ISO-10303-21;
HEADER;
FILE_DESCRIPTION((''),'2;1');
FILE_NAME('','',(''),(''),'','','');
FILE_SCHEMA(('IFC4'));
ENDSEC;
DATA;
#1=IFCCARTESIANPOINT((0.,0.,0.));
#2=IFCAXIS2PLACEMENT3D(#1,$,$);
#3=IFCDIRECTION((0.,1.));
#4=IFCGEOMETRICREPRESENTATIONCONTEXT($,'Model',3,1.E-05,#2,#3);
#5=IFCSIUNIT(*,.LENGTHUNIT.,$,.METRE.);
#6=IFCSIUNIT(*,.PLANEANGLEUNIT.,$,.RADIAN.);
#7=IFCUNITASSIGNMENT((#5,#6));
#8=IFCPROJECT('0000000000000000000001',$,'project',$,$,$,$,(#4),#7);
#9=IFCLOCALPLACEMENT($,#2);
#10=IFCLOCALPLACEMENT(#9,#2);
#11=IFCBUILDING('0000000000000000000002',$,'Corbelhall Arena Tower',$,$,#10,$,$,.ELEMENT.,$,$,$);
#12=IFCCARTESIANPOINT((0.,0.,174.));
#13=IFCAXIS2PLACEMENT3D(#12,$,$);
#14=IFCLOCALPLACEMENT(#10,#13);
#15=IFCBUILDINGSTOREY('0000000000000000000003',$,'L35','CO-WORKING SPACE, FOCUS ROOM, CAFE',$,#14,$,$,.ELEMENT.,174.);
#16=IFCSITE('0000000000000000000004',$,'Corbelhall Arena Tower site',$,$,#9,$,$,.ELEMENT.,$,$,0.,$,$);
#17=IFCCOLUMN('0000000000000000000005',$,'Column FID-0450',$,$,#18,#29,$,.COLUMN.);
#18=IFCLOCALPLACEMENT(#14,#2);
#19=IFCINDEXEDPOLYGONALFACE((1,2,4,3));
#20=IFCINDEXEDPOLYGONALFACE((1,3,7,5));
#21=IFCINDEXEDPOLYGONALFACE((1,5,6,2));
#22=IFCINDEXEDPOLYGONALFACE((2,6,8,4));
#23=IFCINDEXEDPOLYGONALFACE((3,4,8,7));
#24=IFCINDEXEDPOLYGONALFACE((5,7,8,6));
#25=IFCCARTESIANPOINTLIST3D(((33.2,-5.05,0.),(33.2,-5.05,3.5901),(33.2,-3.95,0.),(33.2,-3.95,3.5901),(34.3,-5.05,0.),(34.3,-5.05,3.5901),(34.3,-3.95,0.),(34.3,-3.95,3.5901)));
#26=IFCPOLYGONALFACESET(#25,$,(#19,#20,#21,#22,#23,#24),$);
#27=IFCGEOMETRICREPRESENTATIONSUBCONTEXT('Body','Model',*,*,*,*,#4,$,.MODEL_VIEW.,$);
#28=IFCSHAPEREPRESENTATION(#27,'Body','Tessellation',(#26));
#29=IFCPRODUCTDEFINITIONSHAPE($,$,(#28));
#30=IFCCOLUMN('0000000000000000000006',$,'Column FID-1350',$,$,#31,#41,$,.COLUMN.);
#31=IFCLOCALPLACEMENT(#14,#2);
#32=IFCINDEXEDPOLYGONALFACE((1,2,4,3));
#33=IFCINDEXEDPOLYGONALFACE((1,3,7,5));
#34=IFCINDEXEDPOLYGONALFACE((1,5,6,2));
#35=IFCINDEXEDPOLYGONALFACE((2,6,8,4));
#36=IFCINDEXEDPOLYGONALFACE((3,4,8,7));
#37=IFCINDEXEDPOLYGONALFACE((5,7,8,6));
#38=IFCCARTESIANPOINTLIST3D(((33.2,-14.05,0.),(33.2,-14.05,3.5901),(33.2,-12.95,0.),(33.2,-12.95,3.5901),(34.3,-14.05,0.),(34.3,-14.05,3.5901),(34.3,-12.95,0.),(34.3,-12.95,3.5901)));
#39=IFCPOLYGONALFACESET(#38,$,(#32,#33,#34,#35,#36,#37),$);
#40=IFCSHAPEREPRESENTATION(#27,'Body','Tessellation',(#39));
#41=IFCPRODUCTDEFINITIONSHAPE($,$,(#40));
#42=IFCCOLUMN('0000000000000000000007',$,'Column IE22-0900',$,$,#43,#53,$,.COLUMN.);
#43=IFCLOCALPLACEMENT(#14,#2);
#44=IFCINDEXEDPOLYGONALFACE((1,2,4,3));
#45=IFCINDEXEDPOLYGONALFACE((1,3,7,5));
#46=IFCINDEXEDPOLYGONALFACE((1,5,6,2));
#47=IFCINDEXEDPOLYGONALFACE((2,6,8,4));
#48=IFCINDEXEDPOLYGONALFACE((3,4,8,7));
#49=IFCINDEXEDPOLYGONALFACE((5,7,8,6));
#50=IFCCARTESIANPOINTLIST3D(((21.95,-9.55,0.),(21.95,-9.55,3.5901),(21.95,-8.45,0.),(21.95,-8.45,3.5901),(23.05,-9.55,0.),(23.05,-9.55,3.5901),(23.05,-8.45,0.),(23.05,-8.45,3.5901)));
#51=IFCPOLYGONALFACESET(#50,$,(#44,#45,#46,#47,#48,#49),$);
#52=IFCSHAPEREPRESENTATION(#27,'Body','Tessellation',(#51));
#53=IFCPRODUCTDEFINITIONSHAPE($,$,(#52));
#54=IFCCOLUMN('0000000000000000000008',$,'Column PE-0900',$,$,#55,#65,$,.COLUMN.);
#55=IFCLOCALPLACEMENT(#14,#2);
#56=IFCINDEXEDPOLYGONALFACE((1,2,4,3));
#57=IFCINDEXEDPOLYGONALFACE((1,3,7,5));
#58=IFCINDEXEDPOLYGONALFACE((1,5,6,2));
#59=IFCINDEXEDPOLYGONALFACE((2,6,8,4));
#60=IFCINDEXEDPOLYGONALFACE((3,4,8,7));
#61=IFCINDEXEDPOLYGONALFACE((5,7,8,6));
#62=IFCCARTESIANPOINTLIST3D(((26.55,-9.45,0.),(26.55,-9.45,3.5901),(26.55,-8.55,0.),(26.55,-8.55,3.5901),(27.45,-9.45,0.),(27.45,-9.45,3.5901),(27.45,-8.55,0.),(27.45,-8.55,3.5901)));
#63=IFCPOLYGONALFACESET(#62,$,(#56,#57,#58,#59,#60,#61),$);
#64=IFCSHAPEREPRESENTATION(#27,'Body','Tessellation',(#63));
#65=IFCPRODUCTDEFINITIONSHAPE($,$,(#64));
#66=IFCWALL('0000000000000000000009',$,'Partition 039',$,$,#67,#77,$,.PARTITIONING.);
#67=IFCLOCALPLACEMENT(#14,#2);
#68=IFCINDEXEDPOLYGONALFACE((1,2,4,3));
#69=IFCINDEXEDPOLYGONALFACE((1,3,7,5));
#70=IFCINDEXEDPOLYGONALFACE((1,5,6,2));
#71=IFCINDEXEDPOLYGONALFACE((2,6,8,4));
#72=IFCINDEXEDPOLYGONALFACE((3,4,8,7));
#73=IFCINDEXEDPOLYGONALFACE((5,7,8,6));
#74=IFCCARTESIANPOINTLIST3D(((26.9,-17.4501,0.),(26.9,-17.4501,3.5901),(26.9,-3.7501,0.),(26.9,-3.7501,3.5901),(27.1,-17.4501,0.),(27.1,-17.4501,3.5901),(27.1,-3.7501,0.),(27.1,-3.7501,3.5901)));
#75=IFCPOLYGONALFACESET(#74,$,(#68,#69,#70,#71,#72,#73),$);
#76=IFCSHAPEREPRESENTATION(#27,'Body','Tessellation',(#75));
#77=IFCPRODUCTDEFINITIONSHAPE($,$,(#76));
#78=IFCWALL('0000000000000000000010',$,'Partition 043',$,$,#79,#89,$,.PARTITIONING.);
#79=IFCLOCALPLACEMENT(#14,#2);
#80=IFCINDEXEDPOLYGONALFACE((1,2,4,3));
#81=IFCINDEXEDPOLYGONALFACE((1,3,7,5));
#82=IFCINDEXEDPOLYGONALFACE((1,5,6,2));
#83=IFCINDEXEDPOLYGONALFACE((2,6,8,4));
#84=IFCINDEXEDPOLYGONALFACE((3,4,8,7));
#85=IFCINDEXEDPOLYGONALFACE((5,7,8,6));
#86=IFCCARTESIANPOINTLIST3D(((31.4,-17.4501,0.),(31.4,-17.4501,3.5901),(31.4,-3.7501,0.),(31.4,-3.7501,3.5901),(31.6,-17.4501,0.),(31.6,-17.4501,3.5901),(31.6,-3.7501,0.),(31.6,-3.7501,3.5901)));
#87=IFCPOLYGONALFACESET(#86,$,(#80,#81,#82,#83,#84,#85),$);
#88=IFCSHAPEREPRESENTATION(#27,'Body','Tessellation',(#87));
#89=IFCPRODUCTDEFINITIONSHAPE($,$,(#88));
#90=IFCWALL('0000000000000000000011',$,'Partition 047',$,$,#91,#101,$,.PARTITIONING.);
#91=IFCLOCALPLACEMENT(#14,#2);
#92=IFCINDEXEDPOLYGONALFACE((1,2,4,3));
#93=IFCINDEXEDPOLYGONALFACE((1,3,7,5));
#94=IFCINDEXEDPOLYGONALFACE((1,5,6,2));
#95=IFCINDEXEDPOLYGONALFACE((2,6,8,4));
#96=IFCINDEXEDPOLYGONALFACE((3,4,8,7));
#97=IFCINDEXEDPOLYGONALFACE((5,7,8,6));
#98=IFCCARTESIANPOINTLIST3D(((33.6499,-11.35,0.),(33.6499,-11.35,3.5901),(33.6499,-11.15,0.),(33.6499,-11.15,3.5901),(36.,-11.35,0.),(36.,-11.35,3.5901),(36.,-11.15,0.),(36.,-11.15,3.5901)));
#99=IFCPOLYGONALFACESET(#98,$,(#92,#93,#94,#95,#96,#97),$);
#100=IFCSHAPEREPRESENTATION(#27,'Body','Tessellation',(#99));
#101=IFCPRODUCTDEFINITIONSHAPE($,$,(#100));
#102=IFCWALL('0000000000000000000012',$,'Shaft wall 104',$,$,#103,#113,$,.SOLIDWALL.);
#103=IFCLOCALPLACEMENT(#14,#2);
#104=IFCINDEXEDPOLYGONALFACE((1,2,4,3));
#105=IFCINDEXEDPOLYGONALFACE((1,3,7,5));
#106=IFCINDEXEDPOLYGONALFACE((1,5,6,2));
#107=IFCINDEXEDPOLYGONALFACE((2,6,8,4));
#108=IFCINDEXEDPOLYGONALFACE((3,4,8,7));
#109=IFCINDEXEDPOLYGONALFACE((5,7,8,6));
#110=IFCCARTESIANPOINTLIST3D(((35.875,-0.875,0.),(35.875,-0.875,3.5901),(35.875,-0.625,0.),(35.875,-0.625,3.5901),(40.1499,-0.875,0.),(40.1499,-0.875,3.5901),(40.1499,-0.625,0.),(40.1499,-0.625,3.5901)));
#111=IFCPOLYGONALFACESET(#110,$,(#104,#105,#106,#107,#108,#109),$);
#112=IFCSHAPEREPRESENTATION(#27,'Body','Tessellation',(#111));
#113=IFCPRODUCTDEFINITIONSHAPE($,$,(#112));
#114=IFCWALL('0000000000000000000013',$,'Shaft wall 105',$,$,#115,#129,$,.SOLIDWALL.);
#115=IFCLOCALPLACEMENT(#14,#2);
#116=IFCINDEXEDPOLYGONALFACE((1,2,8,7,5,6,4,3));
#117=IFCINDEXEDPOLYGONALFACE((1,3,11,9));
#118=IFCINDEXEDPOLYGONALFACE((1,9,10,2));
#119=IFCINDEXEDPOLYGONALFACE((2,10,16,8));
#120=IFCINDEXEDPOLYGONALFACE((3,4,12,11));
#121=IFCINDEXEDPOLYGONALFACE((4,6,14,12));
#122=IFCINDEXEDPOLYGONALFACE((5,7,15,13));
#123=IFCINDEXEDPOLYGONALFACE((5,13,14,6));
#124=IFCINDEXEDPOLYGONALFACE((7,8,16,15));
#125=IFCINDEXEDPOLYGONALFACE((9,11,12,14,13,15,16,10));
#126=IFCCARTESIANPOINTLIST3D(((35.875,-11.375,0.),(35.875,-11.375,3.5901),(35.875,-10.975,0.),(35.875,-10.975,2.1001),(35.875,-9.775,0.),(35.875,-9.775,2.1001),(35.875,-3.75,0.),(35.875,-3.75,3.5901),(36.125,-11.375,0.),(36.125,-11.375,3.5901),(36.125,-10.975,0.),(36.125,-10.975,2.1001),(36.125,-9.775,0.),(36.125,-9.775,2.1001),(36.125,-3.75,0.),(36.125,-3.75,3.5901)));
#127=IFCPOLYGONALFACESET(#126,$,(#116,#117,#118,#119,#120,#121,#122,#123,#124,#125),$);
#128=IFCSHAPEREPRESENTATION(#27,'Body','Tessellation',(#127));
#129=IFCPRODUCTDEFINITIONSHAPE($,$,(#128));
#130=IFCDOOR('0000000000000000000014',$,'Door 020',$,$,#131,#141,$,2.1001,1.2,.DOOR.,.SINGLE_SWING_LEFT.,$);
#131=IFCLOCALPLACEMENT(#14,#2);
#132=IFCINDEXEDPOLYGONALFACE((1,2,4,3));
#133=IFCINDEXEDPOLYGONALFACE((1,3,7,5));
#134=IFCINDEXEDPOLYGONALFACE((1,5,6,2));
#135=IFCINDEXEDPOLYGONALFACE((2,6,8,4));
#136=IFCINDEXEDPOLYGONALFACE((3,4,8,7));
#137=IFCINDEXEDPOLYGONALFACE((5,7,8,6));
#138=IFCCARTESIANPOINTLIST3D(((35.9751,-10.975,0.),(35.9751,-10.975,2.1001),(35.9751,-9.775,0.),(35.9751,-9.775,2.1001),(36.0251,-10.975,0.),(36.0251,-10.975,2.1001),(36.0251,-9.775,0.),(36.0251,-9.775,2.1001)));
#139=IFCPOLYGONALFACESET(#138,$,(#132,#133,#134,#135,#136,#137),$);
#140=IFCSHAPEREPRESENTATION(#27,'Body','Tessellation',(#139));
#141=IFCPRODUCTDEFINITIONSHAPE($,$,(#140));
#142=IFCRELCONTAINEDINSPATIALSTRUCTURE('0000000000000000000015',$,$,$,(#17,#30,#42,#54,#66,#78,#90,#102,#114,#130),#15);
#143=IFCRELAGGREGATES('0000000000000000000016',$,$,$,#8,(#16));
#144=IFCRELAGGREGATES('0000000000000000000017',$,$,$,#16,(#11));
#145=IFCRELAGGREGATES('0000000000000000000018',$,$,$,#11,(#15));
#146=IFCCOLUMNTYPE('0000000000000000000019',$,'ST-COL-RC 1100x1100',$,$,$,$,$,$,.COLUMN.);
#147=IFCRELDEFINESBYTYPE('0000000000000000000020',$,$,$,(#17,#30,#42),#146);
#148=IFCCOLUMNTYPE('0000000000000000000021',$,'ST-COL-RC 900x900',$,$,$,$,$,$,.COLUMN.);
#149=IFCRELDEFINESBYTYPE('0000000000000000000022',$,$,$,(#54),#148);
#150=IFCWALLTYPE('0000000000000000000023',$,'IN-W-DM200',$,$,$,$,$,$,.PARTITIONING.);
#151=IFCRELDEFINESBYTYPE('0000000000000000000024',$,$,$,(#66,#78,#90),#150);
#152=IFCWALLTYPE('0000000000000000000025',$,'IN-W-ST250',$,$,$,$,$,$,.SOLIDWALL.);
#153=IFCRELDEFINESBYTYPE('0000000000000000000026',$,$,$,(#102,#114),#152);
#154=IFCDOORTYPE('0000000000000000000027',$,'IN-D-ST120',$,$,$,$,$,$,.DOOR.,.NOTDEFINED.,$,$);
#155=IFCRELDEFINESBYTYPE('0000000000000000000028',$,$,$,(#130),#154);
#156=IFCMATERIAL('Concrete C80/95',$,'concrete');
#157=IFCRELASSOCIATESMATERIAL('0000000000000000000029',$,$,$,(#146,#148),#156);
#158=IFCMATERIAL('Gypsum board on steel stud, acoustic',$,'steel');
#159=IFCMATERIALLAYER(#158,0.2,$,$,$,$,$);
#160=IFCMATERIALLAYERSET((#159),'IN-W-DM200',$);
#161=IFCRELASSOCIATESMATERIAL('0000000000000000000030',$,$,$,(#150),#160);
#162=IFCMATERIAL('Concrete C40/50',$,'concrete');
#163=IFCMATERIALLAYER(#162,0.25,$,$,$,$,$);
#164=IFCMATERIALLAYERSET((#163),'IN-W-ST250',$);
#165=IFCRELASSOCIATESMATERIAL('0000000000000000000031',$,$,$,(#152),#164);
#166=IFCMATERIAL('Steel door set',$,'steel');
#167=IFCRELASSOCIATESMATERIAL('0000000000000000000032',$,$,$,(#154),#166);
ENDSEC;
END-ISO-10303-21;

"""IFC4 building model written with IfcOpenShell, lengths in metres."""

from ifc_helpers import new_model, si_unit, direction, frame, frame_2d, origin, origin_2d, place, context, subcontext, project, spatial, rectangle, extrude, material, layer, layer_set, material_profile, profile_set, type_object, element, fill, save


model = new_model("IFC4")

# Units and contexts
model_context = context("Model", 3, precision=1e-05, world=origin(), true_north=direction((0.0, 1.0)))
body_context = subcontext(model_context, "Body", "Model", "MODEL_VIEW")
ifc_project = project(units=[si_unit("LENGTHUNIT", "METRE"), si_unit("PLANEANGLEUNIT", "RADIAN")], contexts=[model_context])

# Site, building, storey
site_placement = place(None, origin())
site = spatial("IfcSite", under=ifc_project, at=site_placement, Name="Corbelhall Arena Tower site", CompositionType="ELEMENT", RefElevation=0.0)
building_placement = place(site_placement, origin())
building = spatial("IfcBuilding", under=site, at=building_placement, Name="Corbelhall Arena Tower", CompositionType="ELEMENT")
storey_placement = place(building_placement, frame((0.0, 0.0, 174.0)))
storey = spatial("IfcBuildingStorey", under=building, at=storey_placement, Name="L35", Description="CO-WORKING SPACE, FOCUS ROOM, CAFE", CompositionType="ELEMENT", Elevation=174.0)

# Columns
ifc_material_1 = material(Name="Concrete C80/95", Category="concrete")
ifc_material_profile_1 = material_profile(ifc_material_1, rectangle(XDim=1.1001, YDim=1.1001, at=origin_2d()))
ifc_profile_set_1 = profile_set([ifc_material_profile_1], Name="Concrete C80/95")
column_type_1 = type_object("IfcColumnType", Name="ST-COL-RC 1100x1100", PredefinedType="COLUMN", material=ifc_profile_set_1)
for number, where, z_axis, x_axis, name in (
    (1, (33.75, -4.5, 0.0), (0.0, 0.0, 1.0), (1.0, 0.0, 0.0), "Column FID-0450"),
    (2, (33.75, -13.5, 0.0), (0.0, 0.0, 1.0), (1.0, 0.0, 0.0), "Column FID-1350"),
    (3, (22.5, -9.0, 0.0), (0.0, 0.0, 1.0), (1.0, 0.0, 0.0), "Column IE22-0900"),
):
    element("IfcColumn", number, at=place(storey_placement, frame(where, z_axis=z_axis, x_axis=x_axis)), inside=storey, type_object=column_type_1, Name=name, PredefinedType="COLUMN", context=body_context, shape_type="SweptSolid", body=[
        extrude(rectangle(XDim=1.1001, YDim=1.1001, at=origin_2d()), origin(), (0.0, 0.0, 1.0), 3.5901),
    ])
ifc_material_profile_2 = material_profile(ifc_material_1, rectangle(XDim=0.8999, YDim=0.8999, at=origin_2d()))
ifc_profile_set_2 = profile_set([ifc_material_profile_2], Name="Concrete C80/95")
column_type_2 = type_object("IfcColumnType", Name="ST-COL-RC 900x900", PredefinedType="COLUMN", material=ifc_profile_set_2)
column_placement = place(storey_placement, frame((27.0, -9.0, 0.0), z_axis=(0.0, 0.0, 1.0), x_axis=(1.0, 0.0, 0.0)))
element("IfcColumn", 4, at=column_placement, inside=storey, type_object=column_type_2, Name="Column PE-0900", PredefinedType="COLUMN", context=body_context, shape_type="SweptSolid", body=[
    extrude(rectangle(XDim=0.8999, YDim=0.8999, at=origin_2d()), origin(), (0.0, 0.0, 1.0), 3.5901),
])

# Shared definitions
ifc_material_2 = material(Name="Gypsum board on steel stud, acoustic", Category="steel")
ifc_layer_1 = layer(ifc_material_2, 0.2)
ifc_layer_set_1 = layer_set([ifc_layer_1], Name="IN-W-DM200")
wall_type_1 = type_object("IfcWallType", Name="IN-W-DM200", PredefinedType="PARTITIONING", material=ifc_layer_set_1)
ifc_material_3 = material(Name="Steel door set", Category="steel")

# Wall
wall_1_placement = place(storey_placement, frame((27.0, -3.75, 0.0), z_axis=(0.0, 0.0, 1.0), x_axis=(0.0, -1.0, 0.0)))
element("IfcWall", 5, at=wall_1_placement, inside=storey, type_object=wall_type_1, Name="Partition 039", PredefinedType="PARTITIONING", context=body_context, shape_type="SweptSolid", body=[
    extrude(rectangle(XDim=13.7, YDim=0.2, at=frame_2d((6.8501, 0.0))), origin(), (0.0, 0.0, 1.0), 3.5901),
])

# Wall
wall_2_placement = place(storey_placement, frame((31.5, -3.75, 0.0), z_axis=(0.0, 0.0, 1.0), x_axis=(0.0, -1.0, 0.0)))
element("IfcWall", 6, at=wall_2_placement, inside=storey, type_object=wall_type_1, Name="Partition 043", PredefinedType="PARTITIONING", context=body_context, shape_type="SweptSolid", body=[
    extrude(rectangle(XDim=13.7, YDim=0.2, at=frame_2d((6.8501, 0.0))), origin(), (0.0, 0.0, 1.0), 3.5901),
])

# Walls
wall_3_placement = place(storey_placement, frame((36.0, -11.25, 0.0), z_axis=(0.0, 0.0, 1.0), x_axis=(-1.0, 0.0, 0.0)))
element("IfcWall", 7, at=wall_3_placement, inside=storey, type_object=wall_type_1, Name="Partition 047", PredefinedType="PARTITIONING", context=body_context, shape_type="SweptSolid", body=[
    extrude(rectangle(XDim=2.3501, YDim=0.2, at=frame_2d((1.175, 0.0))), origin(), (0.0, 0.0, 1.0), 3.5901),
])
ifc_material_4 = material(Name="Concrete C40/50", Category="concrete")
ifc_layer_2 = layer(ifc_material_4, 0.25)
ifc_layer_set_2 = layer_set([ifc_layer_2], Name="IN-W-ST250")
wall_type_2 = type_object("IfcWallType", Name="IN-W-ST250", PredefinedType="SOLIDWALL", material=ifc_layer_set_2)
wall_4_placement = place(storey_placement, frame((35.875, -0.75, 0.0), z_axis=(0.0, 0.0, 1.0), x_axis=(1.0, 0.0, 0.0)))
element("IfcWall", 8, at=wall_4_placement, inside=storey, type_object=wall_type_2, Name="Shaft wall 104", PredefinedType="SOLIDWALL", context=body_context, shape_type="SweptSolid", body=[
    extrude(rectangle(XDim=4.2749, YDim=0.25, at=frame_2d((2.1375, 0.0))), origin(), (0.0, 0.0, 1.0), 3.5901),
])

# Wall, opening, door
wall_5_placement = place(storey_placement, frame((36.0, -11.375, 0.0), z_axis=(0.0, 0.0, 1.0), x_axis=(0.0, 1.0, 0.0)))
wall_5 = element("IfcWall", 9, at=wall_5_placement, inside=storey, type_object=wall_type_2, Name="Shaft wall 105", PredefinedType="SOLIDWALL", context=body_context, shape_type="SweptSolid", body=[
    extrude(rectangle(XDim=7.625, YDim=0.25, at=frame_2d((3.8125, 0.0))), origin(), (0.0, 0.0, 1.0), 3.5901),
])
opening_1_placement = place(wall_5_placement, frame((0.3999, 0.0, 0.0)))
opening_1 = element("IfcOpeningElement", 10, at=opening_1_placement, cuts=wall_5, PredefinedType="OPENING", context=body_context, shape_type="SweptSolid", body=[
    extrude(rectangle(XDim=1.2, YDim=2.1001, at=frame_2d((0.6001, 1.05))), frame((0.0, 0.125, 0.0), z_axis=(0.0, -1.0, 0.0), x_axis=(1.0, 0.0, 0.0)), (0.0, 0.0, 1.0), 0.25),
])
door_type_1 = type_object("IfcDoorType", Name="IN-D-ST120", OperationType="NOTDEFINED", PredefinedType="DOOR", material=ifc_material_3)
door_1_placement = place(opening_1_placement, origin())
door_1 = element("IfcDoor", 11, at=door_1_placement, inside=storey, type_object=door_type_1, Name="Door 020", OperationType="SINGLE_SWING_LEFT", OverallHeight=2.1001, OverallWidth=1.2, PredefinedType="DOOR", context=body_context, shape_type="SweptSolid", body=[
    extrude(rectangle(XDim=1.2, YDim=2.1001, at=frame_2d((0.6001, 1.05))), frame((0.0, 0.0249, 0.0), z_axis=(0.0, -1.0, 0.0), x_axis=(1.0, 0.0, 0.0)), (0.0, 0.0, 1.0), 0.05),
])
fill(opening_1, door_1)

save(model, "model.ifc")
